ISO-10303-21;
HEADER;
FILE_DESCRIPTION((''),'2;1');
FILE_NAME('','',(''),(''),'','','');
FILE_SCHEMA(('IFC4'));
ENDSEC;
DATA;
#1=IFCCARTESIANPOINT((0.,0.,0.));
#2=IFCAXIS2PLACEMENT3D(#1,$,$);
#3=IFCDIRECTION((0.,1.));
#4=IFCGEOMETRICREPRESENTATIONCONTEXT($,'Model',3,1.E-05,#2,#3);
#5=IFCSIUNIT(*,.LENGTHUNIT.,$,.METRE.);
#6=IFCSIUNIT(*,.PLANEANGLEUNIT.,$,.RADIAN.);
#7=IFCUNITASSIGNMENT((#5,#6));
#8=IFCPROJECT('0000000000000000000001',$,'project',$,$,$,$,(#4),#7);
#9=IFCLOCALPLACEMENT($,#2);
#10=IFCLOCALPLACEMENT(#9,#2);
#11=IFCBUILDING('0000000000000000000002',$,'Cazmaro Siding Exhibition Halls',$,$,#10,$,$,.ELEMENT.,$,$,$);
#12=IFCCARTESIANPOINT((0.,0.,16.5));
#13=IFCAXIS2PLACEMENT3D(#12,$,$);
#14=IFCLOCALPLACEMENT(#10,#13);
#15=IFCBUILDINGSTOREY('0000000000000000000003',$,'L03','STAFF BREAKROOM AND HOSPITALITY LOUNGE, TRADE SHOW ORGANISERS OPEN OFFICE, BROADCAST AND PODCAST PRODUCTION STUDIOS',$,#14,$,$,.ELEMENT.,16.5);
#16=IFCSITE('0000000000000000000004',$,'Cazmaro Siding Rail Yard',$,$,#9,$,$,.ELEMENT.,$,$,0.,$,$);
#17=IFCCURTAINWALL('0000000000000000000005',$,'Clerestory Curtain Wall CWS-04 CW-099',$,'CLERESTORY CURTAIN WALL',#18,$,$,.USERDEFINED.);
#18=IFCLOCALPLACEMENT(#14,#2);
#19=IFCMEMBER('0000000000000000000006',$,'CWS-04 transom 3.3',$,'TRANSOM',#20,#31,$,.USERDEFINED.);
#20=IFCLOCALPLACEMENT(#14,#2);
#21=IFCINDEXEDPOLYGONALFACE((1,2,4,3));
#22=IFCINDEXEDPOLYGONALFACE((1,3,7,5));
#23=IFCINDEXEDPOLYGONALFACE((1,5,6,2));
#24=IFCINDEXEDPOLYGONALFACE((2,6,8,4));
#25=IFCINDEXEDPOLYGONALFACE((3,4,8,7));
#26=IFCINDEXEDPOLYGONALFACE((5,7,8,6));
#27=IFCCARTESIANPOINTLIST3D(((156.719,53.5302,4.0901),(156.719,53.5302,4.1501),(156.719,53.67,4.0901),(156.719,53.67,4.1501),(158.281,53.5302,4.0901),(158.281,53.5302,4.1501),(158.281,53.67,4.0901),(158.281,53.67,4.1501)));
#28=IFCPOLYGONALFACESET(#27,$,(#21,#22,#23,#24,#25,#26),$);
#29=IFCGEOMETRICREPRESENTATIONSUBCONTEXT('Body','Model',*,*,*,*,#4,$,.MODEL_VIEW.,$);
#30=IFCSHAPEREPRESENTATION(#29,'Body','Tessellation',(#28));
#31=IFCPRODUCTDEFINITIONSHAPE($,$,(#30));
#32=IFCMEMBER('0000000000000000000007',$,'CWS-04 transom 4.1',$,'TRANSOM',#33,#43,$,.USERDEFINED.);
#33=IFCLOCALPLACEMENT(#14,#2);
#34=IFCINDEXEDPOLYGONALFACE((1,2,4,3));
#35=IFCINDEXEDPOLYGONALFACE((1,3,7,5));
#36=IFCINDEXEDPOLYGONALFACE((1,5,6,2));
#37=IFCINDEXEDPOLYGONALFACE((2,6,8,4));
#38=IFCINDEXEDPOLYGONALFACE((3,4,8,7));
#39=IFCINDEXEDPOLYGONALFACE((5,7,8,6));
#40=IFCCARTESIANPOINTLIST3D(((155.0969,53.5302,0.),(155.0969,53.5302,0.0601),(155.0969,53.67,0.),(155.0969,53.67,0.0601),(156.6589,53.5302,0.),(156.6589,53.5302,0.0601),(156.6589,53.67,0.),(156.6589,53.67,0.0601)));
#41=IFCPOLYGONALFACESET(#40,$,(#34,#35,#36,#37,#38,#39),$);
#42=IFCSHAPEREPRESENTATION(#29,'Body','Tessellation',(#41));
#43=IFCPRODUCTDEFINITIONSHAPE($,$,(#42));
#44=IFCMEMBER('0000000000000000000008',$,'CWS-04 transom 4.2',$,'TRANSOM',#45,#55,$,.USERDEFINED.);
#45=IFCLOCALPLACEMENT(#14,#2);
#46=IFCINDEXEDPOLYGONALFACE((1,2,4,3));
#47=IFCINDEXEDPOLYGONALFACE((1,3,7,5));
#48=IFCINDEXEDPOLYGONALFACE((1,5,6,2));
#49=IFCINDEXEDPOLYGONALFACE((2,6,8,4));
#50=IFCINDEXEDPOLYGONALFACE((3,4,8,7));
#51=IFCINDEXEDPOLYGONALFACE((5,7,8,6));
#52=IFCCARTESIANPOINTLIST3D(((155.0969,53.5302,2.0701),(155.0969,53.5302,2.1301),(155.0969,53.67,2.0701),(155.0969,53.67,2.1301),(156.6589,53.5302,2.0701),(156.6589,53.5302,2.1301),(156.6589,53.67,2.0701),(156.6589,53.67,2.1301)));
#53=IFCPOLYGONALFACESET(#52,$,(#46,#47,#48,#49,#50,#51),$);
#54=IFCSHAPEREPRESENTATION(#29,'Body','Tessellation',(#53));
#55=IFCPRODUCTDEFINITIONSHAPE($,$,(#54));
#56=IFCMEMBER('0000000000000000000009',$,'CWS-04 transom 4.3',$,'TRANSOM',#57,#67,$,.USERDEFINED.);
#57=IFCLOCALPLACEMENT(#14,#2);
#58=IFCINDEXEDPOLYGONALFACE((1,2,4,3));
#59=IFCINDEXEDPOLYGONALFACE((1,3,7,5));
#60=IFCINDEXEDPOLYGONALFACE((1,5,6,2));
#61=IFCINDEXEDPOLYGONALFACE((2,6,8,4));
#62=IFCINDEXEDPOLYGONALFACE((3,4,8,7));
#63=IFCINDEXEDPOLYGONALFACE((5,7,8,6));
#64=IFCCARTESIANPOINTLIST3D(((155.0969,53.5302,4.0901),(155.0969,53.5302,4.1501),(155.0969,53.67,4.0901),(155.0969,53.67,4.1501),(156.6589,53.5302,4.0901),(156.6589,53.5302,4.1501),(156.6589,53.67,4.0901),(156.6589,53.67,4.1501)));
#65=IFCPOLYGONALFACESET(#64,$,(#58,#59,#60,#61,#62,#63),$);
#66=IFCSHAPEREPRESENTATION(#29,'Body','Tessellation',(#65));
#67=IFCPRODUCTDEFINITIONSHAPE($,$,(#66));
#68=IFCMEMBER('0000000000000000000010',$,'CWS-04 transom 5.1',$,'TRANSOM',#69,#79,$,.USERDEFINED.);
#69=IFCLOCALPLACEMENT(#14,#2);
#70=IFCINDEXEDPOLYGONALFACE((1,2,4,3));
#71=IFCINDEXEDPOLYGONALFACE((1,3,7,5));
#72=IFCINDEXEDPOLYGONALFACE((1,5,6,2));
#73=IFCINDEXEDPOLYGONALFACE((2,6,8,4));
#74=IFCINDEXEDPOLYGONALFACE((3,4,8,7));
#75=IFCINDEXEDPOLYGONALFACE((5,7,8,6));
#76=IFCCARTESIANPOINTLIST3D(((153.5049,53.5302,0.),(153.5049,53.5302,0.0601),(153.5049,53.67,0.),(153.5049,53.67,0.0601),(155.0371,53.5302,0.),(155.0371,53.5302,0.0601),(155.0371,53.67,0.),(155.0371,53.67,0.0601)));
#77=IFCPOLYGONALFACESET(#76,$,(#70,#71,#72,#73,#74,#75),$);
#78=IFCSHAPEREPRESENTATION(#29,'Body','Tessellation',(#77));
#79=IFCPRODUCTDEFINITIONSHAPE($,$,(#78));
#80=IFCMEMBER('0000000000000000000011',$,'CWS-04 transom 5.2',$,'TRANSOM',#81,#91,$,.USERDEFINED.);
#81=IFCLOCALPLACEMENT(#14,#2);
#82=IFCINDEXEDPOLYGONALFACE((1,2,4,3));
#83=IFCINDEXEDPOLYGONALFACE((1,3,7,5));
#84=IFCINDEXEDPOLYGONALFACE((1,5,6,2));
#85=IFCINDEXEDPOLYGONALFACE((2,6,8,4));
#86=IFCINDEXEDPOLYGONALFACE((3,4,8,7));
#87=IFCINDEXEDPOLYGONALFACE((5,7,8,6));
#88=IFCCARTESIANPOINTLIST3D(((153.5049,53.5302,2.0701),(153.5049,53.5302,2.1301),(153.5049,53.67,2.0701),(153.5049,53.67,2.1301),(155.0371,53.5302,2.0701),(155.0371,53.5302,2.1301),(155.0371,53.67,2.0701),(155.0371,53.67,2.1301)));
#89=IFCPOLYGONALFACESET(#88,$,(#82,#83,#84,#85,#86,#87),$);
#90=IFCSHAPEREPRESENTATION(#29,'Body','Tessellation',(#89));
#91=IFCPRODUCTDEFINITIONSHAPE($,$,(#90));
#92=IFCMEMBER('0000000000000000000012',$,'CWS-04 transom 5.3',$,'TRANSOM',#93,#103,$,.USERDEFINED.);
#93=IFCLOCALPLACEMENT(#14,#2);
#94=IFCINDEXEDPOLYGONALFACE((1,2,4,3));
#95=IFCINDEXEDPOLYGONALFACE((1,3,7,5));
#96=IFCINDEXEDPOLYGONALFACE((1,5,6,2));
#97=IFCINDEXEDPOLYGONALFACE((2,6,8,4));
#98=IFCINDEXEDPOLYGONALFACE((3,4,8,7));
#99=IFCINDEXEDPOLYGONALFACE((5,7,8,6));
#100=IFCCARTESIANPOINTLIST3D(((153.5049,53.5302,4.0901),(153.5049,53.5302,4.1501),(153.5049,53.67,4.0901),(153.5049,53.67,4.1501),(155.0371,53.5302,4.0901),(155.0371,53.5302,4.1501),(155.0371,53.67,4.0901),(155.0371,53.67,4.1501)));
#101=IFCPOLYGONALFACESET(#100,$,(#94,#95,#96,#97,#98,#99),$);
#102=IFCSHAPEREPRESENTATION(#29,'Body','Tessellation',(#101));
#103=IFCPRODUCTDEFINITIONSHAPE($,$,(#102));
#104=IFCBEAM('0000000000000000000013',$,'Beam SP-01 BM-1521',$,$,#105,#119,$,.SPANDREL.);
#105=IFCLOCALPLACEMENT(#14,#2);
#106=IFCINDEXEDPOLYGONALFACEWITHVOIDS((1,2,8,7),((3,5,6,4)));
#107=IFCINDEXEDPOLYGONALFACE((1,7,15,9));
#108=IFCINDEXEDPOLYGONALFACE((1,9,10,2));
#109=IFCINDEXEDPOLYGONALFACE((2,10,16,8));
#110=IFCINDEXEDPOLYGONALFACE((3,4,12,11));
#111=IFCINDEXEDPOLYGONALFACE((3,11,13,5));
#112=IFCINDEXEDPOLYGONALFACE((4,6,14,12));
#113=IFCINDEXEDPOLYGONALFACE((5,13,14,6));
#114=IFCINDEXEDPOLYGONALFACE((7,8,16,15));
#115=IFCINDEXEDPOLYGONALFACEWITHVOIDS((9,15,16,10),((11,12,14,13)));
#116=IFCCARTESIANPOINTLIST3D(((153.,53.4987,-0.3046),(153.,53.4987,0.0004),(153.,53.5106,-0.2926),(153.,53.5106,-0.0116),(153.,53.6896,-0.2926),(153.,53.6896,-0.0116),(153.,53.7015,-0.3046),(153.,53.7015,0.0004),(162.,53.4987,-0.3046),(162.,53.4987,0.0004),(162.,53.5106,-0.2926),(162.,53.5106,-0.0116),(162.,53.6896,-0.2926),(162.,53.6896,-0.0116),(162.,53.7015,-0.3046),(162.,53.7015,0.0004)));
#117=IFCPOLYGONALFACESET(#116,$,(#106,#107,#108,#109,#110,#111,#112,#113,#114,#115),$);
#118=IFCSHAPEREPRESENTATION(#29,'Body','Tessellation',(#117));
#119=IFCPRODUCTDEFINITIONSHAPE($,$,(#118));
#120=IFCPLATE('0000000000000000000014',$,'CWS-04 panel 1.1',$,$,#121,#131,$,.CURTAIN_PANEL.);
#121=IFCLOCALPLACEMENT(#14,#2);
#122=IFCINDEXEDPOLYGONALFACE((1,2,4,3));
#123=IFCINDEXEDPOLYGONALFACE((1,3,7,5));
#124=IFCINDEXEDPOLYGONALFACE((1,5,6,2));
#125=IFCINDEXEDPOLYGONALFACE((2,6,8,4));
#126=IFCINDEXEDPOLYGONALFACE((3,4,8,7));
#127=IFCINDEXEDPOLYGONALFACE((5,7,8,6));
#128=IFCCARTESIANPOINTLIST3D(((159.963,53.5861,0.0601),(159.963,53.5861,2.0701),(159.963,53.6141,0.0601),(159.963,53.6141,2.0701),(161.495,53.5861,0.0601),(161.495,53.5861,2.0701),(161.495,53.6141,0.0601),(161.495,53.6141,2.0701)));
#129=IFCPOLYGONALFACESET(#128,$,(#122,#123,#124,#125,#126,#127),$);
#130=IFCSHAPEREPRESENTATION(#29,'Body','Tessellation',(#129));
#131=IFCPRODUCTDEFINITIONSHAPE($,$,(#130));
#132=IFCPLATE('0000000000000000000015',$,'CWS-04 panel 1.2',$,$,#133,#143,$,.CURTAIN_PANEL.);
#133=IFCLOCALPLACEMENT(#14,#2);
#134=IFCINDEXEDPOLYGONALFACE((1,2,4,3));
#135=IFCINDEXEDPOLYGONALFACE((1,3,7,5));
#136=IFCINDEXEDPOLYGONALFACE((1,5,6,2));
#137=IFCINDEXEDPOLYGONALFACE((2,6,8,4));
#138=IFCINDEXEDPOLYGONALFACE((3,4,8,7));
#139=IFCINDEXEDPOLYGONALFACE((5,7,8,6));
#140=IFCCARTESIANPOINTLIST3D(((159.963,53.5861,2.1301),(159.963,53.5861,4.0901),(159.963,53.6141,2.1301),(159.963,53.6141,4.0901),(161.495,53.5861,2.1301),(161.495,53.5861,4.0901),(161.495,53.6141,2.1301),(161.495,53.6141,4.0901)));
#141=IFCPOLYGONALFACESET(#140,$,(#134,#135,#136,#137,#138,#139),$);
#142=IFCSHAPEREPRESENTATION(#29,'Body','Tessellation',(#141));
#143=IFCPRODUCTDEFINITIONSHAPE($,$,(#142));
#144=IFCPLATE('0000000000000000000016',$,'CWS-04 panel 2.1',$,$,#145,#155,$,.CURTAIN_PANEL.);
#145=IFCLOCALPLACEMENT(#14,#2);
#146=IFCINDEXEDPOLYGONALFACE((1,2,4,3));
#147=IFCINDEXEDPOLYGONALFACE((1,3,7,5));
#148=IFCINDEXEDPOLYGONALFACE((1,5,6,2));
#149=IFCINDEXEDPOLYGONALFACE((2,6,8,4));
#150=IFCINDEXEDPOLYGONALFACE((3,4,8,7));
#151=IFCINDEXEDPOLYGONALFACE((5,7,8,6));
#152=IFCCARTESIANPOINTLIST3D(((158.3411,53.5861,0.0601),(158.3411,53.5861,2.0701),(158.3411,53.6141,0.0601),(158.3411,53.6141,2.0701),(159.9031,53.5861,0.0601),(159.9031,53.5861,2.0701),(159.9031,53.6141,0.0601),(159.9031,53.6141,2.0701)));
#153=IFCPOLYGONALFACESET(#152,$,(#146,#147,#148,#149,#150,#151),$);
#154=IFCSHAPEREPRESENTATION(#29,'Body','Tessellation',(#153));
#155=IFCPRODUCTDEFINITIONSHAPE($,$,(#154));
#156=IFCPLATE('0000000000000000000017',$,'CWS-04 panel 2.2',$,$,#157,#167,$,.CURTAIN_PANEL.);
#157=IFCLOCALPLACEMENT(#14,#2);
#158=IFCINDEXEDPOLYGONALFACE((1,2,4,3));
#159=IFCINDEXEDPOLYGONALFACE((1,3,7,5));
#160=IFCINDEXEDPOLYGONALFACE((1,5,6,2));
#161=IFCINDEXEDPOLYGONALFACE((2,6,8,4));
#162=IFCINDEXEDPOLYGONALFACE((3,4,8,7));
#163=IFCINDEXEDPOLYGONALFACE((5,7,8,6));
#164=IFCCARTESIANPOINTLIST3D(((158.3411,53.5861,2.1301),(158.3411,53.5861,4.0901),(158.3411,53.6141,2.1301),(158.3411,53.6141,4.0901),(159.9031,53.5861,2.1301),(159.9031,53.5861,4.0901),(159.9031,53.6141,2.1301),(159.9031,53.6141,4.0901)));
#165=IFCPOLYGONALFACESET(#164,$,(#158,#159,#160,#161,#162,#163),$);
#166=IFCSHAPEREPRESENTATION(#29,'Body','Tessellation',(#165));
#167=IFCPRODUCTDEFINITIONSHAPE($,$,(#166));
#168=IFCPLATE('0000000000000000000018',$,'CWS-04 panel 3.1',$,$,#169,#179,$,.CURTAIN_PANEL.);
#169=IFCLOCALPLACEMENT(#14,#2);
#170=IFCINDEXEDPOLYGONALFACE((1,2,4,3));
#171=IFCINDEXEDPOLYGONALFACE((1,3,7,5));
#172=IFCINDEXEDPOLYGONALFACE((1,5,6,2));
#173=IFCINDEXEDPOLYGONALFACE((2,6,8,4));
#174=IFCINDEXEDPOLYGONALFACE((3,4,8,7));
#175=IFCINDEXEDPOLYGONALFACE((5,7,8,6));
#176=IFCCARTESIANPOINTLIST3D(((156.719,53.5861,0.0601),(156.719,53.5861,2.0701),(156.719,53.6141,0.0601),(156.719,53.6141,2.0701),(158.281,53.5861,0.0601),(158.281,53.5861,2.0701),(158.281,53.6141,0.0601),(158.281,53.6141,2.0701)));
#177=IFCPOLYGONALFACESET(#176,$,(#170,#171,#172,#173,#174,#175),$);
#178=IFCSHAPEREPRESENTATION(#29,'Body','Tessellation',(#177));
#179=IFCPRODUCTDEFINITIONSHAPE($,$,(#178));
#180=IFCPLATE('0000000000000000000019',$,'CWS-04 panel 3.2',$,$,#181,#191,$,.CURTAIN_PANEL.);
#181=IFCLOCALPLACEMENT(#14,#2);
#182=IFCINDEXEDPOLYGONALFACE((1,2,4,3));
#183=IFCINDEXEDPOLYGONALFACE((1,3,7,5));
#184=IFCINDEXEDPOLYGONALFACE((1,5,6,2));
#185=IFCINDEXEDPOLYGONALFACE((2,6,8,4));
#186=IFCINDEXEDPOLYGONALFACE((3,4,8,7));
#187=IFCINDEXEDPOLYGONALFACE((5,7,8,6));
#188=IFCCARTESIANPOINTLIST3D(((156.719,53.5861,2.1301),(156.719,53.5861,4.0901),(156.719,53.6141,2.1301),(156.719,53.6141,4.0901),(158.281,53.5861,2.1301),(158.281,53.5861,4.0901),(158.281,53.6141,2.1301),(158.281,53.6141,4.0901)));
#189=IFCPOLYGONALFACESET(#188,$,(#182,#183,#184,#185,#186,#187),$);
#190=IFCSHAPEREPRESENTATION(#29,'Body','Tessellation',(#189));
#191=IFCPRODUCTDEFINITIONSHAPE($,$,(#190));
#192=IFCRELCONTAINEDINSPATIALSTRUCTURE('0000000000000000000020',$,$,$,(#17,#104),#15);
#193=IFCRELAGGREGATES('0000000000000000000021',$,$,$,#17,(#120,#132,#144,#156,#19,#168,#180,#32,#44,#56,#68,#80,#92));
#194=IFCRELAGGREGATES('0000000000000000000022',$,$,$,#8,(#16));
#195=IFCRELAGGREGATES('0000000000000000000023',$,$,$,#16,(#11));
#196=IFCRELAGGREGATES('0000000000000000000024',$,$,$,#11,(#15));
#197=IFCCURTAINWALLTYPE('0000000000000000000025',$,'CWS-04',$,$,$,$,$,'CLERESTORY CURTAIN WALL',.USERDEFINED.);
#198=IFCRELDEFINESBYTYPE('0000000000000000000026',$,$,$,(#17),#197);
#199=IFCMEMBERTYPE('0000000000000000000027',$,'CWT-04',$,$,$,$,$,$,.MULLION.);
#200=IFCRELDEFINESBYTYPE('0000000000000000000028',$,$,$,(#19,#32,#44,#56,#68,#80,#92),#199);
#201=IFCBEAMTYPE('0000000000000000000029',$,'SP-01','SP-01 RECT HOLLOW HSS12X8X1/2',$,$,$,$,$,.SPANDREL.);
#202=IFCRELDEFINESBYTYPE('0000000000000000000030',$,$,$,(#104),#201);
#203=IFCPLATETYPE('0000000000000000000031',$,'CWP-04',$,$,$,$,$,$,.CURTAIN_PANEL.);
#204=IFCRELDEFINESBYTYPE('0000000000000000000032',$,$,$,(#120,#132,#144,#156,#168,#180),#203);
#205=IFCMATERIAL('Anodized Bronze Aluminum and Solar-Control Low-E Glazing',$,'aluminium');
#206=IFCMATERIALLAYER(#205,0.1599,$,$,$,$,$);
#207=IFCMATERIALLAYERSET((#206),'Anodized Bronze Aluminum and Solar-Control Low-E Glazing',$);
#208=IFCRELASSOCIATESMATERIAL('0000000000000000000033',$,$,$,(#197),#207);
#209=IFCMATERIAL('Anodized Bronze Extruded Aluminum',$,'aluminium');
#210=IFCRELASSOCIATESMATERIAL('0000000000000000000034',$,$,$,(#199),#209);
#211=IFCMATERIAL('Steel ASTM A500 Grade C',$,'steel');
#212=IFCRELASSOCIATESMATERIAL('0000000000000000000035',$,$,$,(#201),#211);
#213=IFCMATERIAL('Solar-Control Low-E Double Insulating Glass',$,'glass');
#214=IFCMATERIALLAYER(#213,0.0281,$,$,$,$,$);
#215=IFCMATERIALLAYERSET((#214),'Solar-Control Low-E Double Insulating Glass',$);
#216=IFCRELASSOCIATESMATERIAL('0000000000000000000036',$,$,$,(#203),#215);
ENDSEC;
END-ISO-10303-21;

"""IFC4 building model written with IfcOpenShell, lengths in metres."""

from ifc_helpers import new_model, si_unit, direction, frame, origin, origin_2d, place, context, subcontext, project, spatial, rectangle, hollow_rectangle, extrude, material, layer, layer_set, material_profile, profile_set, type_object, element, aggregate, save


model = new_model("IFC4")

# Units and contexts
model_context = context("Model", 3, precision=1e-05, world=origin(), true_north=direction((0.0, 1.0)))
body_context = subcontext(model_context, "Body", "Model", "MODEL_VIEW")
ifc_project = project(units=[si_unit("LENGTHUNIT", "METRE"), si_unit("PLANEANGLEUNIT", "RADIAN")], contexts=[model_context])

# Site, building, storey
site_placement = place(None, origin())
site = spatial("IfcSite", under=ifc_project, at=site_placement, Name="Cazmaro Siding Rail Yard", CompositionType="ELEMENT", RefElevation=0.0)
building_placement = place(site_placement, origin())
building = spatial("IfcBuilding", under=site, at=building_placement, Name="Cazmaro Siding Exhibition Halls", CompositionType="ELEMENT")
storey_placement = place(building_placement, frame((0.0, 0.0, 16.5)))
storey = spatial("IfcBuildingStorey", under=building, at=storey_placement, Name="L03", Description="STAFF BREAKROOM AND HOSPITALITY LOUNGE, TRADE SHOW ORGANISERS OPEN OFFICE, BROADCAST AND PODCAST PRODUCTION STUDIOS", CompositionType="ELEMENT", Elevation=16.5)

# Curtain wall, members
ifc_material_1 = material(Name="Anodized Bronze Aluminum and Solar-Control Low-E Glazing", Category="aluminium")
ifc_layer_1 = layer(ifc_material_1, 0.1599)
ifc_layer_set_1 = layer_set([ifc_layer_1], Name="Anodized Bronze Aluminum and Solar-Control Low-E Glazing")
curtain_wall_type = type_object("IfcCurtainWallType", Name="CWS-04", ElementType="CLERESTORY CURTAIN WALL", PredefinedType="USERDEFINED", material=ifc_layer_set_1)
curtain_wall_placement = place(storey_placement, origin())
curtain_wall = element("IfcCurtainWall", 1, at=curtain_wall_placement, inside=storey, type_object=curtain_wall_type, Name="Clerestory Curtain Wall CWS-04 CW-099", ObjectType="CLERESTORY CURTAIN WALL", PredefinedType="USERDEFINED")
ifc_material_2 = material(Name="Anodized Bronze Extruded Aluminum", Category="aluminium")
ifc_material_profile_1 = material_profile(ifc_material_2, rectangle(XDim=0.1399, YDim=0.0601, at=origin_2d()), Name="CWT-04")
ifc_profile_set_1 = profile_set([ifc_material_profile_1], Name="Anodized Bronze Extruded Aluminum")
member_type_1 = type_object("IfcMemberType", Name="CWT-04", PredefinedType="MULLION", material=ifc_profile_set_1)
member_1_placement = place(storey_placement, frame((158.281, 53.6001, 4.1201), z_axis=(-1.0, 0.0, 0.0), x_axis=(0.0, -1.0, 0.0)))
member_1 = element("IfcMember", 2, at=member_1_placement, type_object=member_type_1, Name="CWS-04 transom 3.3", ObjectType="TRANSOM", PredefinedType="USERDEFINED", context=body_context, shape_type="SweptSolid", body=[
    extrude(rectangle(XDim=0.1399, YDim=0.0601, at=origin_2d()), origin(), (0.0, 0.0, 1.0), 1.562),
])
member_2_placement = place(storey_placement, frame((156.6589, 53.6001, 0.03), z_axis=(-1.0, 0.0, 0.0), x_axis=(0.0, -1.0, 0.0)))
member_2 = element("IfcMember", 3, at=member_2_placement, type_object=member_type_1, Name="CWS-04 transom 4.1", ObjectType="TRANSOM", PredefinedType="USERDEFINED", context=body_context, shape_type="SweptSolid", body=[
    extrude(rectangle(XDim=0.1399, YDim=0.0601, at=origin_2d()), origin(), (0.0, 0.0, 1.0), 1.562),
])
member_3_placement = place(storey_placement, frame((156.6589, 53.6001, 2.1001), z_axis=(-1.0, 0.0, 0.0), x_axis=(0.0, -1.0, 0.0)))
member_3 = element("IfcMember", 4, at=member_3_placement, type_object=member_type_1, Name="CWS-04 transom 4.2", ObjectType="TRANSOM", PredefinedType="USERDEFINED", context=body_context, shape_type="SweptSolid", body=[
    extrude(rectangle(XDim=0.1399, YDim=0.0601, at=origin_2d()), origin(), (0.0, 0.0, 1.0), 1.562),
])
member_4_placement = place(storey_placement, frame((156.6589, 53.6001, 4.1201), z_axis=(-1.0, 0.0, 0.0), x_axis=(0.0, -1.0, 0.0)))
member_4 = element("IfcMember", 5, at=member_4_placement, type_object=member_type_1, Name="CWS-04 transom 4.3", ObjectType="TRANSOM", PredefinedType="USERDEFINED", context=body_context, shape_type="SweptSolid", body=[
    extrude(rectangle(XDim=0.1399, YDim=0.0601, at=origin_2d()), origin(), (0.0, 0.0, 1.0), 1.562),
])
member_5_placement = place(storey_placement, frame((155.0371, 53.6001, 0.03), z_axis=(-1.0, 0.0, 0.0), x_axis=(0.0, -1.0, 0.0)))
member_5 = element("IfcMember", 6, at=member_5_placement, type_object=member_type_1, Name="CWS-04 transom 5.1", ObjectType="TRANSOM", PredefinedType="USERDEFINED", context=body_context, shape_type="SweptSolid", body=[
    extrude(rectangle(XDim=0.1399, YDim=0.0601, at=origin_2d()), origin(), (0.0, 0.0, 1.0), 1.5322),
])
member_6_placement = place(storey_placement, frame((155.0371, 53.6001, 2.1001), z_axis=(-1.0, 0.0, 0.0), x_axis=(0.0, -1.0, 0.0)))
member_6 = element("IfcMember", 7, at=member_6_placement, type_object=member_type_1, Name="CWS-04 transom 5.2", ObjectType="TRANSOM", PredefinedType="USERDEFINED", context=body_context, shape_type="SweptSolid", body=[
    extrude(rectangle(XDim=0.1399, YDim=0.0601, at=origin_2d()), origin(), (0.0, 0.0, 1.0), 1.5322),
])
member_7_placement = place(storey_placement, frame((155.0371, 53.6001, 4.1201), z_axis=(-1.0, 0.0, 0.0), x_axis=(0.0, -1.0, 0.0)))
member_7 = element("IfcMember", 8, at=member_7_placement, type_object=member_type_1, Name="CWS-04 transom 5.3", ObjectType="TRANSOM", PredefinedType="USERDEFINED", context=body_context, shape_type="SweptSolid", body=[
    extrude(rectangle(XDim=0.1399, YDim=0.0601, at=origin_2d()), origin(), (0.0, 0.0, 1.0), 1.5322),
])

# Beam
ifc_material_3 = material(Name="Steel ASTM A500 Grade C", Category="steel")
ifc_material_profile_2 = material_profile(ifc_material_3, hollow_rectangle(XDim=0.2029, YDim=0.3049, WallThickness=0.012, at=origin_2d()), Name="HSS12X8X1/2")
ifc_profile_set_2 = profile_set([ifc_material_profile_2], Name="Steel ASTM A500 Grade C")
beam_type = type_object("IfcBeamType", Name="SP-01", Description="SP-01 RECT HOLLOW HSS12X8X1/2", PredefinedType="SPANDREL", material=ifc_profile_set_2)
beam_placement = place(storey_placement, frame((153.0, 53.6001, -0.1521), z_axis=(1.0, 0.0, 0.0), x_axis=(0.0, 1.0, 0.0)))
element("IfcBeam", 9, at=beam_placement, inside=storey, type_object=beam_type, Name="Beam SP-01 BM-1521", PredefinedType="SPANDREL", context=body_context, shape_type="SweptSolid", body=[
    extrude(hollow_rectangle(XDim=0.2029, YDim=0.3049, WallThickness=0.012, at=origin_2d()), origin(), (0.0, 0.0, 1.0), 9.0),
])

# Plates
ifc_material_4 = material(Name="Solar-Control Low-E Double Insulating Glass", Category="glass")
ifc_layer_2 = layer(ifc_material_4, 0.0281)
ifc_layer_set_2 = layer_set([ifc_layer_2], Name="Solar-Control Low-E Double Insulating Glass")
plate_type = type_object("IfcPlateType", Name="CWP-04", PredefinedType="CURTAIN_PANEL", material=ifc_layer_set_2)
plate_1_placement = place(storey_placement, frame((160.729, 53.6001, 0.0601), z_axis=(0.0, 0.0, 1.0), x_axis=(-1.0, 0.0, 0.0)))
plate_1 = element("IfcPlate", 10, at=plate_1_placement, type_object=plate_type, Name="CWS-04 panel 1.1", PredefinedType="CURTAIN_PANEL", context=body_context, shape_type="SweptSolid", body=[
    extrude(rectangle(XDim=1.532, YDim=0.0281, at=origin_2d()), origin(), (0.0, 0.0, 1.0), 2.01),
])
plate_2_placement = place(storey_placement, frame((160.729, 53.6001, 2.1301), z_axis=(0.0, 0.0, 1.0), x_axis=(-1.0, 0.0, 0.0)))
plate_2 = element("IfcPlate", 11, at=plate_2_placement, type_object=plate_type, Name="CWS-04 panel 1.2", PredefinedType="CURTAIN_PANEL", context=body_context, shape_type="SweptSolid", body=[
    extrude(rectangle(XDim=1.532, YDim=0.0281, at=origin_2d()), origin(), (0.0, 0.0, 1.0), 1.96),
])
plate_3_placement = place(storey_placement, frame((159.1221, 53.6001, 0.0601), z_axis=(0.0, 0.0, 1.0), x_axis=(-1.0, 0.0, 0.0)))
plate_3 = element("IfcPlate", 12, at=plate_3_placement, type_object=plate_type, Name="CWS-04 panel 2.1", PredefinedType="CURTAIN_PANEL", context=body_context, shape_type="SweptSolid", body=[
    extrude(rectangle(XDim=1.562, YDim=0.0281, at=origin_2d()), origin(), (0.0, 0.0, 1.0), 2.01),
])
plate_4_placement = place(storey_placement, frame((159.1221, 53.6001, 2.1301), z_axis=(0.0, 0.0, 1.0), x_axis=(-1.0, 0.0, 0.0)))
plate_4 = element("IfcPlate", 13, at=plate_4_placement, type_object=plate_type, Name="CWS-04 panel 2.2", PredefinedType="CURTAIN_PANEL", context=body_context, shape_type="SweptSolid", body=[
    extrude(rectangle(XDim=1.562, YDim=0.0281, at=origin_2d()), origin(), (0.0, 0.0, 1.0), 1.96),
])
plate_5_placement = place(storey_placement, frame((157.5, 53.6001, 0.0601), z_axis=(0.0, 0.0, 1.0), x_axis=(-1.0, 0.0, 0.0)))
plate_5 = element("IfcPlate", 14, at=plate_5_placement, type_object=plate_type, Name="CWS-04 panel 3.1", PredefinedType="CURTAIN_PANEL", context=body_context, shape_type="SweptSolid", body=[
    extrude(rectangle(XDim=1.562, YDim=0.0281, at=origin_2d()), origin(), (0.0, 0.0, 1.0), 2.01),
])
plate_6_placement = place(storey_placement, frame((157.5, 53.6001, 2.1301), z_axis=(0.0, 0.0, 1.0), x_axis=(-1.0, 0.0, 0.0)))
plate_6 = element("IfcPlate", 15, at=plate_6_placement, type_object=plate_type, Name="CWS-04 panel 3.2", PredefinedType="CURTAIN_PANEL", context=body_context, shape_type="SweptSolid", body=[
    extrude(rectangle(XDim=1.562, YDim=0.0281, at=origin_2d()), origin(), (0.0, 0.0, 1.0), 1.96),
])
aggregate(curtain_wall, [plate_1, plate_2, plate_3, plate_4, member_1, plate_5, plate_6, member_2, member_3, member_4, member_5, member_6, member_7])

save(model, "model.ifc")
